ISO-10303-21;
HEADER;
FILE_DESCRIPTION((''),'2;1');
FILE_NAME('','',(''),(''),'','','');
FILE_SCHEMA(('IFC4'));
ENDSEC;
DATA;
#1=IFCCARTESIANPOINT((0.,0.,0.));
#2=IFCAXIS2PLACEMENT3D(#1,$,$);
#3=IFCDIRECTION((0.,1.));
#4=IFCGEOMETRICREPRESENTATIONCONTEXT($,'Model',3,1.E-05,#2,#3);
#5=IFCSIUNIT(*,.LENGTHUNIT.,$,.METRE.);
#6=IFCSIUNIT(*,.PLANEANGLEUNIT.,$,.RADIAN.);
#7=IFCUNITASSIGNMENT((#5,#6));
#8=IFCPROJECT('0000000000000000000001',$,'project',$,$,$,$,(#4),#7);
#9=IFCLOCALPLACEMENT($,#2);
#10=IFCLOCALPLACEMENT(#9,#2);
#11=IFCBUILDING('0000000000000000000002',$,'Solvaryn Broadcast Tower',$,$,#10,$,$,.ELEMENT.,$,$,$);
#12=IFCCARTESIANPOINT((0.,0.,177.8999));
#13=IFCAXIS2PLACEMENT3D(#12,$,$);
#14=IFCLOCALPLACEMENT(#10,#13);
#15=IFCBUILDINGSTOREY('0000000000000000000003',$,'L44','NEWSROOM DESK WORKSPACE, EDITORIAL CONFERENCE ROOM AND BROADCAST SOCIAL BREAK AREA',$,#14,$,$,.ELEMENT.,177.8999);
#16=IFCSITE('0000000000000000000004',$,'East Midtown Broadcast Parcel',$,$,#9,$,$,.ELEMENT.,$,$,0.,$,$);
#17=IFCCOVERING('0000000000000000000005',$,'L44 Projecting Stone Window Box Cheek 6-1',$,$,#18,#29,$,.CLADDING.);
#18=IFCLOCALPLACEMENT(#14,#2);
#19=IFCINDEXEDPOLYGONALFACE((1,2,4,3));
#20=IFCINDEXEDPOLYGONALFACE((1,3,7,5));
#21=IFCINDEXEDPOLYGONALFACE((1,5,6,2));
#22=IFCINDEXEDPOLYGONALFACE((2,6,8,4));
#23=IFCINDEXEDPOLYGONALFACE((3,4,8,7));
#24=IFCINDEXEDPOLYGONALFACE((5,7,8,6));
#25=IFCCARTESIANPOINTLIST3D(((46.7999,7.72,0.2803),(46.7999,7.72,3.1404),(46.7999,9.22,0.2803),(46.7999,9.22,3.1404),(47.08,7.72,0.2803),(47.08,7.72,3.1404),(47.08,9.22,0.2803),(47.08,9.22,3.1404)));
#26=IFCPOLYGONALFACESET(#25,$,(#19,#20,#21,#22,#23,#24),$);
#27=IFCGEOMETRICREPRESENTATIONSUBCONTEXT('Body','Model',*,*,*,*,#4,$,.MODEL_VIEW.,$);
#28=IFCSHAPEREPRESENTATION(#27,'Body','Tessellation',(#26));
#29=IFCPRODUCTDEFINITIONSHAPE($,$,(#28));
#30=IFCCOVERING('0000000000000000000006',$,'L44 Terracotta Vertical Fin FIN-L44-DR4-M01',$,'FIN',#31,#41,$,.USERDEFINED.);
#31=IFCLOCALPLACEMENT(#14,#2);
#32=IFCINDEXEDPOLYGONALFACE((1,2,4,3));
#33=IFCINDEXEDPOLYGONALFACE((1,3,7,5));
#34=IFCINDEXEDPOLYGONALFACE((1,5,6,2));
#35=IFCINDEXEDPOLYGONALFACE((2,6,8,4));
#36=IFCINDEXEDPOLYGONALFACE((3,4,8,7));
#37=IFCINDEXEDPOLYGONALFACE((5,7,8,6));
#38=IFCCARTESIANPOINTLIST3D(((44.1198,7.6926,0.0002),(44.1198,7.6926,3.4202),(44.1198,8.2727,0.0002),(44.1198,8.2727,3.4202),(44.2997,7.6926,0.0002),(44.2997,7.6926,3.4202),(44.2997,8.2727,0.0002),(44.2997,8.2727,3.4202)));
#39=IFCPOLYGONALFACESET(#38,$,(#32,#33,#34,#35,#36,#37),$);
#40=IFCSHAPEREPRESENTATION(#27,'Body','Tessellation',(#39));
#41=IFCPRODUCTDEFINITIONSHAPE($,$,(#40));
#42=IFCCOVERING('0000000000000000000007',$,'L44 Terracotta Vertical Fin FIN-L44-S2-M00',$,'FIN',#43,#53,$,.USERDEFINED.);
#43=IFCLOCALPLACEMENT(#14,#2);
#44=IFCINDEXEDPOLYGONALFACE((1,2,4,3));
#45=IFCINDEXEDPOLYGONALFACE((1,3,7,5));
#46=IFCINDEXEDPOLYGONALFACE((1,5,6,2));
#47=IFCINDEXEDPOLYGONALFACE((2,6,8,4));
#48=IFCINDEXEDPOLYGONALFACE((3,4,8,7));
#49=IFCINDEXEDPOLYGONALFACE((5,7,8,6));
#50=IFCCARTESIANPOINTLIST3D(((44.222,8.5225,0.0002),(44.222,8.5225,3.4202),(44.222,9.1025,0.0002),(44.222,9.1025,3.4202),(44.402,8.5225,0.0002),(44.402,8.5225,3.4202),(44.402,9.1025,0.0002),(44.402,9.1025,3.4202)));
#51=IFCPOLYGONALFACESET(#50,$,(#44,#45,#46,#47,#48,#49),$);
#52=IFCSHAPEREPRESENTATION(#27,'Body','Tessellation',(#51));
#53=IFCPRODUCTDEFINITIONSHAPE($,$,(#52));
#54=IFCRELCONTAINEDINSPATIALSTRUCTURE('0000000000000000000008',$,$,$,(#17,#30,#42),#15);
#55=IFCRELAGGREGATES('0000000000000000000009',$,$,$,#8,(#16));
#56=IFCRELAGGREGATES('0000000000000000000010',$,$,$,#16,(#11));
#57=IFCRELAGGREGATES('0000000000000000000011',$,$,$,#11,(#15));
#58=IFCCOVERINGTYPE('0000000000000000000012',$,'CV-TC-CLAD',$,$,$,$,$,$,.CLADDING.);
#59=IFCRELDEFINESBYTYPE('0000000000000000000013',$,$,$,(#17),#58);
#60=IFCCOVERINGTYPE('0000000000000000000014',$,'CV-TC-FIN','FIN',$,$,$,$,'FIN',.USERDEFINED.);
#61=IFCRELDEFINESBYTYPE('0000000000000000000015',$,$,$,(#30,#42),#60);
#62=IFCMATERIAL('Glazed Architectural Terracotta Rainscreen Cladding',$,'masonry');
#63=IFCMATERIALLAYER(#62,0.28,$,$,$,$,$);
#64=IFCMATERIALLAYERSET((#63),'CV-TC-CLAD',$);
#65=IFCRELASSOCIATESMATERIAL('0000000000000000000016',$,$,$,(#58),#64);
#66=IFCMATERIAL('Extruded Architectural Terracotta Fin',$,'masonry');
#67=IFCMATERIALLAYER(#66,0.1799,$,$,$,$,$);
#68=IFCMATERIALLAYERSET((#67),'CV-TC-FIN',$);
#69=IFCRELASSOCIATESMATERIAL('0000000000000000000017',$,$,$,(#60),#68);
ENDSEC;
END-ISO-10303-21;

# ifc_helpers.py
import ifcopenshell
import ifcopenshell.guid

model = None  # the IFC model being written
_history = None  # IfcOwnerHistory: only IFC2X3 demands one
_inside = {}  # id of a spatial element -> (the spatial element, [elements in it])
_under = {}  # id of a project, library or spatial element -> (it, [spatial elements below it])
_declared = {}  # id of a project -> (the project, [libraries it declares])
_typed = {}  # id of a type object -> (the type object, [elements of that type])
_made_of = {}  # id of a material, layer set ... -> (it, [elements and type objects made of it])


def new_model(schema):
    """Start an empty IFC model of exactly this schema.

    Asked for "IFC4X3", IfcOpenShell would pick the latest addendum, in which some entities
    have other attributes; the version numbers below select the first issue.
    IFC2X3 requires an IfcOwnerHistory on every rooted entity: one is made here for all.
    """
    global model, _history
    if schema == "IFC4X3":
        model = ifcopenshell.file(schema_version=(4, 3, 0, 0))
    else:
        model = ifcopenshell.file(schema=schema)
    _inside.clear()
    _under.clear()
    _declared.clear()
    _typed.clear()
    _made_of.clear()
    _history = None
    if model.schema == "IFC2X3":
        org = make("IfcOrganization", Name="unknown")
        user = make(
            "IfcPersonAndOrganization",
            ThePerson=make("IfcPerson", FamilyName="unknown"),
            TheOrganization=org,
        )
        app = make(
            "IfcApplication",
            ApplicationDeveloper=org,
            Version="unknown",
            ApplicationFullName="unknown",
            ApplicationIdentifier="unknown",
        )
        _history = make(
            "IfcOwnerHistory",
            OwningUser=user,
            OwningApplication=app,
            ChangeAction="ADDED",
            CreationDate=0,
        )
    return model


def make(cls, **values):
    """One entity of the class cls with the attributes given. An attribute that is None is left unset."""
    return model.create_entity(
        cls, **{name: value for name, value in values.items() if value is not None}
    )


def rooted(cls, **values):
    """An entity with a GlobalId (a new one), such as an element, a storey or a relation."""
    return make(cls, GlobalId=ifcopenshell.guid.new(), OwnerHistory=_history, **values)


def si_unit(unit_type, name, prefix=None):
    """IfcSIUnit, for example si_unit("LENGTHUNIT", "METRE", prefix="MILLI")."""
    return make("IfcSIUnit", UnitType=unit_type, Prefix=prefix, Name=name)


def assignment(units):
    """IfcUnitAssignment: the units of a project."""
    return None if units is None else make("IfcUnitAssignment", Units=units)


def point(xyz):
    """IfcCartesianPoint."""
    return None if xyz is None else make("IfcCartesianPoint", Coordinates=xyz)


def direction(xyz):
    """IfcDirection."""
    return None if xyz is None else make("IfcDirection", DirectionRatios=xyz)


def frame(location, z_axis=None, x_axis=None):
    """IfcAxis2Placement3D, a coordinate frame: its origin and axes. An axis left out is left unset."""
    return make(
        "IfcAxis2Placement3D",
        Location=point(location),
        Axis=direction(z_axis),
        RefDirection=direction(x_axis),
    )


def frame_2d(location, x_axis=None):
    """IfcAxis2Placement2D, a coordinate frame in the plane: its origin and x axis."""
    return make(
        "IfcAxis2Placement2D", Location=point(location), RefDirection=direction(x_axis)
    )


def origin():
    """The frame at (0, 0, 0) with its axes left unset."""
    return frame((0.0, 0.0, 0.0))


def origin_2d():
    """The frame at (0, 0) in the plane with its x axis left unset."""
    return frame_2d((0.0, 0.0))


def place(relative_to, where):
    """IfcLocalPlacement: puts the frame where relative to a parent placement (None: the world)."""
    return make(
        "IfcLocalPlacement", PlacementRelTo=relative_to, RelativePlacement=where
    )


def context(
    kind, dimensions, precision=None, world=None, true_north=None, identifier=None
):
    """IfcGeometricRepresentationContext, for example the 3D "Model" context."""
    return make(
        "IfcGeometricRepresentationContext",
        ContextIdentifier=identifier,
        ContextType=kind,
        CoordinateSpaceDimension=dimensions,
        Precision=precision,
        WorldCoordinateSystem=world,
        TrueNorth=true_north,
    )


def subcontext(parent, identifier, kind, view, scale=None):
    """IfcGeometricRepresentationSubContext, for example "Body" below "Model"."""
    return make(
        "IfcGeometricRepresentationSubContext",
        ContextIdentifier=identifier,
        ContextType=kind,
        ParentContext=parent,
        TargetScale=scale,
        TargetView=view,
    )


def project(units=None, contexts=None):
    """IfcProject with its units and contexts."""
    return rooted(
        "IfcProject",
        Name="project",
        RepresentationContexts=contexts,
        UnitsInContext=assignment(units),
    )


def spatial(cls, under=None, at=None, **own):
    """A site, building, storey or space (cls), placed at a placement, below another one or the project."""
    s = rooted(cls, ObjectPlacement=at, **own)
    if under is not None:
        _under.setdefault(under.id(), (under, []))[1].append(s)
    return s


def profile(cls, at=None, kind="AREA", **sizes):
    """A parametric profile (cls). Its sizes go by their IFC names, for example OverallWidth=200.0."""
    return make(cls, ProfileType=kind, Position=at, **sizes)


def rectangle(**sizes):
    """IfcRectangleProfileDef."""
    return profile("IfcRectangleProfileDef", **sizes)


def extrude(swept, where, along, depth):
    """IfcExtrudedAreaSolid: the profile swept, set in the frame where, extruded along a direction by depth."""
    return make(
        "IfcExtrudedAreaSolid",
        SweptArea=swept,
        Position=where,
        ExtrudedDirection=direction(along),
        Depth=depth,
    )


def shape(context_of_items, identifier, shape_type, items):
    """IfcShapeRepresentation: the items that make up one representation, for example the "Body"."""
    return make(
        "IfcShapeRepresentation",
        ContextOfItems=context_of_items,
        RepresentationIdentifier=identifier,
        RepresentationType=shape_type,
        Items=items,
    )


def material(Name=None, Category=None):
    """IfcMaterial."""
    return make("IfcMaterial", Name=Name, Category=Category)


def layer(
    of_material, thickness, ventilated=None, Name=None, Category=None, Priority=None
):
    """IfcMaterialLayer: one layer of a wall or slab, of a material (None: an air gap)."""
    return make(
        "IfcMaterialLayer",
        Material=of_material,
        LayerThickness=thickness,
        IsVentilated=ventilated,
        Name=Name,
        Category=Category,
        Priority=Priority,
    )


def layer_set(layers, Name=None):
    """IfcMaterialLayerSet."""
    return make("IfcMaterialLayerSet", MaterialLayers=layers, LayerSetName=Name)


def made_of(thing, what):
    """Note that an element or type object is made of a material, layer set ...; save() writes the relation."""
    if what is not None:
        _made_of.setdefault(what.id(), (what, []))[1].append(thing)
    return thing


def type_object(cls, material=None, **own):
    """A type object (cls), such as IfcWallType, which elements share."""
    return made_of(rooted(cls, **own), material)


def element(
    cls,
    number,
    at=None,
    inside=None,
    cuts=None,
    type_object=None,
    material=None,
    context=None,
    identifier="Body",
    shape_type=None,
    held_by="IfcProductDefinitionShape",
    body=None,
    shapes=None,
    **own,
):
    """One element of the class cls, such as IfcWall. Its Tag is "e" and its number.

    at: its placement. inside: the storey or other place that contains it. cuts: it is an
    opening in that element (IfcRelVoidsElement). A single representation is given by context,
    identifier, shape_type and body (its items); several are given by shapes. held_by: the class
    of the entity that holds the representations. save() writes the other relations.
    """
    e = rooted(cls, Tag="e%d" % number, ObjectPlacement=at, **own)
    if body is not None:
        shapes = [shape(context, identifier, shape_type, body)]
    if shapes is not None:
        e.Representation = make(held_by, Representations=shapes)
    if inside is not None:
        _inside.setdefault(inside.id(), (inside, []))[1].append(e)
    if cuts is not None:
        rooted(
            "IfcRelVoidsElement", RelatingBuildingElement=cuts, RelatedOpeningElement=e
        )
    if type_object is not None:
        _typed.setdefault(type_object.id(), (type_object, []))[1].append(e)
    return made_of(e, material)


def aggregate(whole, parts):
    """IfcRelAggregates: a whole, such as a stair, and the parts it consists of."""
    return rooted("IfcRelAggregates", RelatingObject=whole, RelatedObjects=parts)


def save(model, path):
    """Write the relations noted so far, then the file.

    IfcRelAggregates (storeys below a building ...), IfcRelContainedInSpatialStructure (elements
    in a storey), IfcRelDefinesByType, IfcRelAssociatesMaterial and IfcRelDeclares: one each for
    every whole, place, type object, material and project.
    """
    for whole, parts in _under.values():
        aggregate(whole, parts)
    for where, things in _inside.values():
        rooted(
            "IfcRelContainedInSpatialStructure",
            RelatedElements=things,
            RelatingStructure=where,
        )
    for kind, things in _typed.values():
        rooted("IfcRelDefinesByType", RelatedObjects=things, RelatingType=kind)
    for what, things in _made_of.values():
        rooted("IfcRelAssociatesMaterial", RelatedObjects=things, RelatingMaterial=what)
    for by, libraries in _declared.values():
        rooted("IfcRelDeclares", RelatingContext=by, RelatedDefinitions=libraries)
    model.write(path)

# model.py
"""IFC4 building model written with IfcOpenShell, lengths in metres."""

from ifc_helpers import new_model, si_unit, direction, frame, origin, origin_2d, place, context, subcontext, project, spatial, rectangle, extrude, material, layer, layer_set, type_object, element, save


model = new_model("IFC4")

# Units and contexts
model_context = context("Model", 3, precision=1e-05, world=origin(), true_north=direction((0.0, 1.0)))
body_context = subcontext(model_context, "Body", "Model", "MODEL_VIEW")
ifc_project = project(units=[si_unit("LENGTHUNIT", "METRE"), si_unit("PLANEANGLEUNIT", "RADIAN")], contexts=[model_context])

# Site, building, storey
site_placement = place(None, origin())
site = spatial("IfcSite", under=ifc_project, at=site_placement, Name="East Midtown Broadcast Parcel", CompositionType="ELEMENT", RefElevation=0.0)
building_placement = place(site_placement, origin())
building = spatial("IfcBuilding", under=site, at=building_placement, Name="Solvaryn Broadcast Tower", CompositionType="ELEMENT")
storey_placement = place(building_placement, frame((0.0, 0.0, 177.8999)))
storey = spatial("IfcBuildingStorey", under=building, at=storey_placement, Name="L44", Description="NEWSROOM DESK WORKSPACE, EDITORIAL CONFERENCE ROOM AND BROADCAST SOCIAL BREAK AREA", CompositionType="ELEMENT", Elevation=177.8999)

# Coverings
ifc_material_1 = material(Name="Glazed Architectural Terracotta Rainscreen Cladding", Category="masonry")
ifc_layer_1 = layer(ifc_material_1, 0.28)
ifc_layer_set_1 = layer_set([ifc_layer_1], Name="CV-TC-CLAD")
covering_type_1 = type_object("IfcCoveringType", Name="CV-TC-CLAD", PredefinedType="CLADDING", material=ifc_layer_set_1)
covering_placement = place(storey_placement, frame((46.9399, 8.47, 0.2803), z_axis=(0.0, 0.0, 1.0), x_axis=(1.0, 0.0, 0.0)))
element("IfcCovering", 1, at=covering_placement, inside=storey, type_object=covering_type_1, Name="L44 Projecting Stone Window Box Cheek 6-1", PredefinedType="CLADDING", context=body_context, shape_type="SweptSolid", body=[
    extrude(rectangle(XDim=0.28, YDim=1.5, at=origin_2d()), origin(), (0.0, 0.0, 1.0), 2.8601),
])
ifc_material_2 = material(Name="Extruded Architectural Terracotta Fin", Category="masonry")
ifc_layer_2 = layer(ifc_material_2, 0.1799)
ifc_layer_set_2 = layer_set([ifc_layer_2], Name="CV-TC-FIN")
covering_type_2 = type_object("IfcCoveringType", Name="CV-TC-FIN", Description="FIN", ElementType="FIN", PredefinedType="USERDEFINED", material=ifc_layer_set_2)
for number, where, z_axis, x_axis, name in (
    (2, (44.2097, 7.9827, 0.0002), (0.0, 0.0, 1.0), (1.0, 0.0, 0.0), "L44 Terracotta Vertical Fin FIN-L44-DR4-M01"),
    (3, (44.312, 8.8125, 0.0002), (0.0, 0.0, 1.0), (1.0, 0.0, 0.0), "L44 Terracotta Vertical Fin FIN-L44-S2-M00"),
):
    element("IfcCovering", number, at=place(storey_placement, frame(where, z_axis=z_axis, x_axis=x_axis)), inside=storey, type_object=covering_type_2, Name=name, ObjectType="FIN", PredefinedType="USERDEFINED", context=body_context, shape_type="SweptSolid", body=[
        extrude(rectangle(XDim=0.1799, YDim=0.5801, at=origin_2d()), origin(), (0.0, 0.0, 1.0), 3.4199),
    ])

save(model, "model.ifc")
